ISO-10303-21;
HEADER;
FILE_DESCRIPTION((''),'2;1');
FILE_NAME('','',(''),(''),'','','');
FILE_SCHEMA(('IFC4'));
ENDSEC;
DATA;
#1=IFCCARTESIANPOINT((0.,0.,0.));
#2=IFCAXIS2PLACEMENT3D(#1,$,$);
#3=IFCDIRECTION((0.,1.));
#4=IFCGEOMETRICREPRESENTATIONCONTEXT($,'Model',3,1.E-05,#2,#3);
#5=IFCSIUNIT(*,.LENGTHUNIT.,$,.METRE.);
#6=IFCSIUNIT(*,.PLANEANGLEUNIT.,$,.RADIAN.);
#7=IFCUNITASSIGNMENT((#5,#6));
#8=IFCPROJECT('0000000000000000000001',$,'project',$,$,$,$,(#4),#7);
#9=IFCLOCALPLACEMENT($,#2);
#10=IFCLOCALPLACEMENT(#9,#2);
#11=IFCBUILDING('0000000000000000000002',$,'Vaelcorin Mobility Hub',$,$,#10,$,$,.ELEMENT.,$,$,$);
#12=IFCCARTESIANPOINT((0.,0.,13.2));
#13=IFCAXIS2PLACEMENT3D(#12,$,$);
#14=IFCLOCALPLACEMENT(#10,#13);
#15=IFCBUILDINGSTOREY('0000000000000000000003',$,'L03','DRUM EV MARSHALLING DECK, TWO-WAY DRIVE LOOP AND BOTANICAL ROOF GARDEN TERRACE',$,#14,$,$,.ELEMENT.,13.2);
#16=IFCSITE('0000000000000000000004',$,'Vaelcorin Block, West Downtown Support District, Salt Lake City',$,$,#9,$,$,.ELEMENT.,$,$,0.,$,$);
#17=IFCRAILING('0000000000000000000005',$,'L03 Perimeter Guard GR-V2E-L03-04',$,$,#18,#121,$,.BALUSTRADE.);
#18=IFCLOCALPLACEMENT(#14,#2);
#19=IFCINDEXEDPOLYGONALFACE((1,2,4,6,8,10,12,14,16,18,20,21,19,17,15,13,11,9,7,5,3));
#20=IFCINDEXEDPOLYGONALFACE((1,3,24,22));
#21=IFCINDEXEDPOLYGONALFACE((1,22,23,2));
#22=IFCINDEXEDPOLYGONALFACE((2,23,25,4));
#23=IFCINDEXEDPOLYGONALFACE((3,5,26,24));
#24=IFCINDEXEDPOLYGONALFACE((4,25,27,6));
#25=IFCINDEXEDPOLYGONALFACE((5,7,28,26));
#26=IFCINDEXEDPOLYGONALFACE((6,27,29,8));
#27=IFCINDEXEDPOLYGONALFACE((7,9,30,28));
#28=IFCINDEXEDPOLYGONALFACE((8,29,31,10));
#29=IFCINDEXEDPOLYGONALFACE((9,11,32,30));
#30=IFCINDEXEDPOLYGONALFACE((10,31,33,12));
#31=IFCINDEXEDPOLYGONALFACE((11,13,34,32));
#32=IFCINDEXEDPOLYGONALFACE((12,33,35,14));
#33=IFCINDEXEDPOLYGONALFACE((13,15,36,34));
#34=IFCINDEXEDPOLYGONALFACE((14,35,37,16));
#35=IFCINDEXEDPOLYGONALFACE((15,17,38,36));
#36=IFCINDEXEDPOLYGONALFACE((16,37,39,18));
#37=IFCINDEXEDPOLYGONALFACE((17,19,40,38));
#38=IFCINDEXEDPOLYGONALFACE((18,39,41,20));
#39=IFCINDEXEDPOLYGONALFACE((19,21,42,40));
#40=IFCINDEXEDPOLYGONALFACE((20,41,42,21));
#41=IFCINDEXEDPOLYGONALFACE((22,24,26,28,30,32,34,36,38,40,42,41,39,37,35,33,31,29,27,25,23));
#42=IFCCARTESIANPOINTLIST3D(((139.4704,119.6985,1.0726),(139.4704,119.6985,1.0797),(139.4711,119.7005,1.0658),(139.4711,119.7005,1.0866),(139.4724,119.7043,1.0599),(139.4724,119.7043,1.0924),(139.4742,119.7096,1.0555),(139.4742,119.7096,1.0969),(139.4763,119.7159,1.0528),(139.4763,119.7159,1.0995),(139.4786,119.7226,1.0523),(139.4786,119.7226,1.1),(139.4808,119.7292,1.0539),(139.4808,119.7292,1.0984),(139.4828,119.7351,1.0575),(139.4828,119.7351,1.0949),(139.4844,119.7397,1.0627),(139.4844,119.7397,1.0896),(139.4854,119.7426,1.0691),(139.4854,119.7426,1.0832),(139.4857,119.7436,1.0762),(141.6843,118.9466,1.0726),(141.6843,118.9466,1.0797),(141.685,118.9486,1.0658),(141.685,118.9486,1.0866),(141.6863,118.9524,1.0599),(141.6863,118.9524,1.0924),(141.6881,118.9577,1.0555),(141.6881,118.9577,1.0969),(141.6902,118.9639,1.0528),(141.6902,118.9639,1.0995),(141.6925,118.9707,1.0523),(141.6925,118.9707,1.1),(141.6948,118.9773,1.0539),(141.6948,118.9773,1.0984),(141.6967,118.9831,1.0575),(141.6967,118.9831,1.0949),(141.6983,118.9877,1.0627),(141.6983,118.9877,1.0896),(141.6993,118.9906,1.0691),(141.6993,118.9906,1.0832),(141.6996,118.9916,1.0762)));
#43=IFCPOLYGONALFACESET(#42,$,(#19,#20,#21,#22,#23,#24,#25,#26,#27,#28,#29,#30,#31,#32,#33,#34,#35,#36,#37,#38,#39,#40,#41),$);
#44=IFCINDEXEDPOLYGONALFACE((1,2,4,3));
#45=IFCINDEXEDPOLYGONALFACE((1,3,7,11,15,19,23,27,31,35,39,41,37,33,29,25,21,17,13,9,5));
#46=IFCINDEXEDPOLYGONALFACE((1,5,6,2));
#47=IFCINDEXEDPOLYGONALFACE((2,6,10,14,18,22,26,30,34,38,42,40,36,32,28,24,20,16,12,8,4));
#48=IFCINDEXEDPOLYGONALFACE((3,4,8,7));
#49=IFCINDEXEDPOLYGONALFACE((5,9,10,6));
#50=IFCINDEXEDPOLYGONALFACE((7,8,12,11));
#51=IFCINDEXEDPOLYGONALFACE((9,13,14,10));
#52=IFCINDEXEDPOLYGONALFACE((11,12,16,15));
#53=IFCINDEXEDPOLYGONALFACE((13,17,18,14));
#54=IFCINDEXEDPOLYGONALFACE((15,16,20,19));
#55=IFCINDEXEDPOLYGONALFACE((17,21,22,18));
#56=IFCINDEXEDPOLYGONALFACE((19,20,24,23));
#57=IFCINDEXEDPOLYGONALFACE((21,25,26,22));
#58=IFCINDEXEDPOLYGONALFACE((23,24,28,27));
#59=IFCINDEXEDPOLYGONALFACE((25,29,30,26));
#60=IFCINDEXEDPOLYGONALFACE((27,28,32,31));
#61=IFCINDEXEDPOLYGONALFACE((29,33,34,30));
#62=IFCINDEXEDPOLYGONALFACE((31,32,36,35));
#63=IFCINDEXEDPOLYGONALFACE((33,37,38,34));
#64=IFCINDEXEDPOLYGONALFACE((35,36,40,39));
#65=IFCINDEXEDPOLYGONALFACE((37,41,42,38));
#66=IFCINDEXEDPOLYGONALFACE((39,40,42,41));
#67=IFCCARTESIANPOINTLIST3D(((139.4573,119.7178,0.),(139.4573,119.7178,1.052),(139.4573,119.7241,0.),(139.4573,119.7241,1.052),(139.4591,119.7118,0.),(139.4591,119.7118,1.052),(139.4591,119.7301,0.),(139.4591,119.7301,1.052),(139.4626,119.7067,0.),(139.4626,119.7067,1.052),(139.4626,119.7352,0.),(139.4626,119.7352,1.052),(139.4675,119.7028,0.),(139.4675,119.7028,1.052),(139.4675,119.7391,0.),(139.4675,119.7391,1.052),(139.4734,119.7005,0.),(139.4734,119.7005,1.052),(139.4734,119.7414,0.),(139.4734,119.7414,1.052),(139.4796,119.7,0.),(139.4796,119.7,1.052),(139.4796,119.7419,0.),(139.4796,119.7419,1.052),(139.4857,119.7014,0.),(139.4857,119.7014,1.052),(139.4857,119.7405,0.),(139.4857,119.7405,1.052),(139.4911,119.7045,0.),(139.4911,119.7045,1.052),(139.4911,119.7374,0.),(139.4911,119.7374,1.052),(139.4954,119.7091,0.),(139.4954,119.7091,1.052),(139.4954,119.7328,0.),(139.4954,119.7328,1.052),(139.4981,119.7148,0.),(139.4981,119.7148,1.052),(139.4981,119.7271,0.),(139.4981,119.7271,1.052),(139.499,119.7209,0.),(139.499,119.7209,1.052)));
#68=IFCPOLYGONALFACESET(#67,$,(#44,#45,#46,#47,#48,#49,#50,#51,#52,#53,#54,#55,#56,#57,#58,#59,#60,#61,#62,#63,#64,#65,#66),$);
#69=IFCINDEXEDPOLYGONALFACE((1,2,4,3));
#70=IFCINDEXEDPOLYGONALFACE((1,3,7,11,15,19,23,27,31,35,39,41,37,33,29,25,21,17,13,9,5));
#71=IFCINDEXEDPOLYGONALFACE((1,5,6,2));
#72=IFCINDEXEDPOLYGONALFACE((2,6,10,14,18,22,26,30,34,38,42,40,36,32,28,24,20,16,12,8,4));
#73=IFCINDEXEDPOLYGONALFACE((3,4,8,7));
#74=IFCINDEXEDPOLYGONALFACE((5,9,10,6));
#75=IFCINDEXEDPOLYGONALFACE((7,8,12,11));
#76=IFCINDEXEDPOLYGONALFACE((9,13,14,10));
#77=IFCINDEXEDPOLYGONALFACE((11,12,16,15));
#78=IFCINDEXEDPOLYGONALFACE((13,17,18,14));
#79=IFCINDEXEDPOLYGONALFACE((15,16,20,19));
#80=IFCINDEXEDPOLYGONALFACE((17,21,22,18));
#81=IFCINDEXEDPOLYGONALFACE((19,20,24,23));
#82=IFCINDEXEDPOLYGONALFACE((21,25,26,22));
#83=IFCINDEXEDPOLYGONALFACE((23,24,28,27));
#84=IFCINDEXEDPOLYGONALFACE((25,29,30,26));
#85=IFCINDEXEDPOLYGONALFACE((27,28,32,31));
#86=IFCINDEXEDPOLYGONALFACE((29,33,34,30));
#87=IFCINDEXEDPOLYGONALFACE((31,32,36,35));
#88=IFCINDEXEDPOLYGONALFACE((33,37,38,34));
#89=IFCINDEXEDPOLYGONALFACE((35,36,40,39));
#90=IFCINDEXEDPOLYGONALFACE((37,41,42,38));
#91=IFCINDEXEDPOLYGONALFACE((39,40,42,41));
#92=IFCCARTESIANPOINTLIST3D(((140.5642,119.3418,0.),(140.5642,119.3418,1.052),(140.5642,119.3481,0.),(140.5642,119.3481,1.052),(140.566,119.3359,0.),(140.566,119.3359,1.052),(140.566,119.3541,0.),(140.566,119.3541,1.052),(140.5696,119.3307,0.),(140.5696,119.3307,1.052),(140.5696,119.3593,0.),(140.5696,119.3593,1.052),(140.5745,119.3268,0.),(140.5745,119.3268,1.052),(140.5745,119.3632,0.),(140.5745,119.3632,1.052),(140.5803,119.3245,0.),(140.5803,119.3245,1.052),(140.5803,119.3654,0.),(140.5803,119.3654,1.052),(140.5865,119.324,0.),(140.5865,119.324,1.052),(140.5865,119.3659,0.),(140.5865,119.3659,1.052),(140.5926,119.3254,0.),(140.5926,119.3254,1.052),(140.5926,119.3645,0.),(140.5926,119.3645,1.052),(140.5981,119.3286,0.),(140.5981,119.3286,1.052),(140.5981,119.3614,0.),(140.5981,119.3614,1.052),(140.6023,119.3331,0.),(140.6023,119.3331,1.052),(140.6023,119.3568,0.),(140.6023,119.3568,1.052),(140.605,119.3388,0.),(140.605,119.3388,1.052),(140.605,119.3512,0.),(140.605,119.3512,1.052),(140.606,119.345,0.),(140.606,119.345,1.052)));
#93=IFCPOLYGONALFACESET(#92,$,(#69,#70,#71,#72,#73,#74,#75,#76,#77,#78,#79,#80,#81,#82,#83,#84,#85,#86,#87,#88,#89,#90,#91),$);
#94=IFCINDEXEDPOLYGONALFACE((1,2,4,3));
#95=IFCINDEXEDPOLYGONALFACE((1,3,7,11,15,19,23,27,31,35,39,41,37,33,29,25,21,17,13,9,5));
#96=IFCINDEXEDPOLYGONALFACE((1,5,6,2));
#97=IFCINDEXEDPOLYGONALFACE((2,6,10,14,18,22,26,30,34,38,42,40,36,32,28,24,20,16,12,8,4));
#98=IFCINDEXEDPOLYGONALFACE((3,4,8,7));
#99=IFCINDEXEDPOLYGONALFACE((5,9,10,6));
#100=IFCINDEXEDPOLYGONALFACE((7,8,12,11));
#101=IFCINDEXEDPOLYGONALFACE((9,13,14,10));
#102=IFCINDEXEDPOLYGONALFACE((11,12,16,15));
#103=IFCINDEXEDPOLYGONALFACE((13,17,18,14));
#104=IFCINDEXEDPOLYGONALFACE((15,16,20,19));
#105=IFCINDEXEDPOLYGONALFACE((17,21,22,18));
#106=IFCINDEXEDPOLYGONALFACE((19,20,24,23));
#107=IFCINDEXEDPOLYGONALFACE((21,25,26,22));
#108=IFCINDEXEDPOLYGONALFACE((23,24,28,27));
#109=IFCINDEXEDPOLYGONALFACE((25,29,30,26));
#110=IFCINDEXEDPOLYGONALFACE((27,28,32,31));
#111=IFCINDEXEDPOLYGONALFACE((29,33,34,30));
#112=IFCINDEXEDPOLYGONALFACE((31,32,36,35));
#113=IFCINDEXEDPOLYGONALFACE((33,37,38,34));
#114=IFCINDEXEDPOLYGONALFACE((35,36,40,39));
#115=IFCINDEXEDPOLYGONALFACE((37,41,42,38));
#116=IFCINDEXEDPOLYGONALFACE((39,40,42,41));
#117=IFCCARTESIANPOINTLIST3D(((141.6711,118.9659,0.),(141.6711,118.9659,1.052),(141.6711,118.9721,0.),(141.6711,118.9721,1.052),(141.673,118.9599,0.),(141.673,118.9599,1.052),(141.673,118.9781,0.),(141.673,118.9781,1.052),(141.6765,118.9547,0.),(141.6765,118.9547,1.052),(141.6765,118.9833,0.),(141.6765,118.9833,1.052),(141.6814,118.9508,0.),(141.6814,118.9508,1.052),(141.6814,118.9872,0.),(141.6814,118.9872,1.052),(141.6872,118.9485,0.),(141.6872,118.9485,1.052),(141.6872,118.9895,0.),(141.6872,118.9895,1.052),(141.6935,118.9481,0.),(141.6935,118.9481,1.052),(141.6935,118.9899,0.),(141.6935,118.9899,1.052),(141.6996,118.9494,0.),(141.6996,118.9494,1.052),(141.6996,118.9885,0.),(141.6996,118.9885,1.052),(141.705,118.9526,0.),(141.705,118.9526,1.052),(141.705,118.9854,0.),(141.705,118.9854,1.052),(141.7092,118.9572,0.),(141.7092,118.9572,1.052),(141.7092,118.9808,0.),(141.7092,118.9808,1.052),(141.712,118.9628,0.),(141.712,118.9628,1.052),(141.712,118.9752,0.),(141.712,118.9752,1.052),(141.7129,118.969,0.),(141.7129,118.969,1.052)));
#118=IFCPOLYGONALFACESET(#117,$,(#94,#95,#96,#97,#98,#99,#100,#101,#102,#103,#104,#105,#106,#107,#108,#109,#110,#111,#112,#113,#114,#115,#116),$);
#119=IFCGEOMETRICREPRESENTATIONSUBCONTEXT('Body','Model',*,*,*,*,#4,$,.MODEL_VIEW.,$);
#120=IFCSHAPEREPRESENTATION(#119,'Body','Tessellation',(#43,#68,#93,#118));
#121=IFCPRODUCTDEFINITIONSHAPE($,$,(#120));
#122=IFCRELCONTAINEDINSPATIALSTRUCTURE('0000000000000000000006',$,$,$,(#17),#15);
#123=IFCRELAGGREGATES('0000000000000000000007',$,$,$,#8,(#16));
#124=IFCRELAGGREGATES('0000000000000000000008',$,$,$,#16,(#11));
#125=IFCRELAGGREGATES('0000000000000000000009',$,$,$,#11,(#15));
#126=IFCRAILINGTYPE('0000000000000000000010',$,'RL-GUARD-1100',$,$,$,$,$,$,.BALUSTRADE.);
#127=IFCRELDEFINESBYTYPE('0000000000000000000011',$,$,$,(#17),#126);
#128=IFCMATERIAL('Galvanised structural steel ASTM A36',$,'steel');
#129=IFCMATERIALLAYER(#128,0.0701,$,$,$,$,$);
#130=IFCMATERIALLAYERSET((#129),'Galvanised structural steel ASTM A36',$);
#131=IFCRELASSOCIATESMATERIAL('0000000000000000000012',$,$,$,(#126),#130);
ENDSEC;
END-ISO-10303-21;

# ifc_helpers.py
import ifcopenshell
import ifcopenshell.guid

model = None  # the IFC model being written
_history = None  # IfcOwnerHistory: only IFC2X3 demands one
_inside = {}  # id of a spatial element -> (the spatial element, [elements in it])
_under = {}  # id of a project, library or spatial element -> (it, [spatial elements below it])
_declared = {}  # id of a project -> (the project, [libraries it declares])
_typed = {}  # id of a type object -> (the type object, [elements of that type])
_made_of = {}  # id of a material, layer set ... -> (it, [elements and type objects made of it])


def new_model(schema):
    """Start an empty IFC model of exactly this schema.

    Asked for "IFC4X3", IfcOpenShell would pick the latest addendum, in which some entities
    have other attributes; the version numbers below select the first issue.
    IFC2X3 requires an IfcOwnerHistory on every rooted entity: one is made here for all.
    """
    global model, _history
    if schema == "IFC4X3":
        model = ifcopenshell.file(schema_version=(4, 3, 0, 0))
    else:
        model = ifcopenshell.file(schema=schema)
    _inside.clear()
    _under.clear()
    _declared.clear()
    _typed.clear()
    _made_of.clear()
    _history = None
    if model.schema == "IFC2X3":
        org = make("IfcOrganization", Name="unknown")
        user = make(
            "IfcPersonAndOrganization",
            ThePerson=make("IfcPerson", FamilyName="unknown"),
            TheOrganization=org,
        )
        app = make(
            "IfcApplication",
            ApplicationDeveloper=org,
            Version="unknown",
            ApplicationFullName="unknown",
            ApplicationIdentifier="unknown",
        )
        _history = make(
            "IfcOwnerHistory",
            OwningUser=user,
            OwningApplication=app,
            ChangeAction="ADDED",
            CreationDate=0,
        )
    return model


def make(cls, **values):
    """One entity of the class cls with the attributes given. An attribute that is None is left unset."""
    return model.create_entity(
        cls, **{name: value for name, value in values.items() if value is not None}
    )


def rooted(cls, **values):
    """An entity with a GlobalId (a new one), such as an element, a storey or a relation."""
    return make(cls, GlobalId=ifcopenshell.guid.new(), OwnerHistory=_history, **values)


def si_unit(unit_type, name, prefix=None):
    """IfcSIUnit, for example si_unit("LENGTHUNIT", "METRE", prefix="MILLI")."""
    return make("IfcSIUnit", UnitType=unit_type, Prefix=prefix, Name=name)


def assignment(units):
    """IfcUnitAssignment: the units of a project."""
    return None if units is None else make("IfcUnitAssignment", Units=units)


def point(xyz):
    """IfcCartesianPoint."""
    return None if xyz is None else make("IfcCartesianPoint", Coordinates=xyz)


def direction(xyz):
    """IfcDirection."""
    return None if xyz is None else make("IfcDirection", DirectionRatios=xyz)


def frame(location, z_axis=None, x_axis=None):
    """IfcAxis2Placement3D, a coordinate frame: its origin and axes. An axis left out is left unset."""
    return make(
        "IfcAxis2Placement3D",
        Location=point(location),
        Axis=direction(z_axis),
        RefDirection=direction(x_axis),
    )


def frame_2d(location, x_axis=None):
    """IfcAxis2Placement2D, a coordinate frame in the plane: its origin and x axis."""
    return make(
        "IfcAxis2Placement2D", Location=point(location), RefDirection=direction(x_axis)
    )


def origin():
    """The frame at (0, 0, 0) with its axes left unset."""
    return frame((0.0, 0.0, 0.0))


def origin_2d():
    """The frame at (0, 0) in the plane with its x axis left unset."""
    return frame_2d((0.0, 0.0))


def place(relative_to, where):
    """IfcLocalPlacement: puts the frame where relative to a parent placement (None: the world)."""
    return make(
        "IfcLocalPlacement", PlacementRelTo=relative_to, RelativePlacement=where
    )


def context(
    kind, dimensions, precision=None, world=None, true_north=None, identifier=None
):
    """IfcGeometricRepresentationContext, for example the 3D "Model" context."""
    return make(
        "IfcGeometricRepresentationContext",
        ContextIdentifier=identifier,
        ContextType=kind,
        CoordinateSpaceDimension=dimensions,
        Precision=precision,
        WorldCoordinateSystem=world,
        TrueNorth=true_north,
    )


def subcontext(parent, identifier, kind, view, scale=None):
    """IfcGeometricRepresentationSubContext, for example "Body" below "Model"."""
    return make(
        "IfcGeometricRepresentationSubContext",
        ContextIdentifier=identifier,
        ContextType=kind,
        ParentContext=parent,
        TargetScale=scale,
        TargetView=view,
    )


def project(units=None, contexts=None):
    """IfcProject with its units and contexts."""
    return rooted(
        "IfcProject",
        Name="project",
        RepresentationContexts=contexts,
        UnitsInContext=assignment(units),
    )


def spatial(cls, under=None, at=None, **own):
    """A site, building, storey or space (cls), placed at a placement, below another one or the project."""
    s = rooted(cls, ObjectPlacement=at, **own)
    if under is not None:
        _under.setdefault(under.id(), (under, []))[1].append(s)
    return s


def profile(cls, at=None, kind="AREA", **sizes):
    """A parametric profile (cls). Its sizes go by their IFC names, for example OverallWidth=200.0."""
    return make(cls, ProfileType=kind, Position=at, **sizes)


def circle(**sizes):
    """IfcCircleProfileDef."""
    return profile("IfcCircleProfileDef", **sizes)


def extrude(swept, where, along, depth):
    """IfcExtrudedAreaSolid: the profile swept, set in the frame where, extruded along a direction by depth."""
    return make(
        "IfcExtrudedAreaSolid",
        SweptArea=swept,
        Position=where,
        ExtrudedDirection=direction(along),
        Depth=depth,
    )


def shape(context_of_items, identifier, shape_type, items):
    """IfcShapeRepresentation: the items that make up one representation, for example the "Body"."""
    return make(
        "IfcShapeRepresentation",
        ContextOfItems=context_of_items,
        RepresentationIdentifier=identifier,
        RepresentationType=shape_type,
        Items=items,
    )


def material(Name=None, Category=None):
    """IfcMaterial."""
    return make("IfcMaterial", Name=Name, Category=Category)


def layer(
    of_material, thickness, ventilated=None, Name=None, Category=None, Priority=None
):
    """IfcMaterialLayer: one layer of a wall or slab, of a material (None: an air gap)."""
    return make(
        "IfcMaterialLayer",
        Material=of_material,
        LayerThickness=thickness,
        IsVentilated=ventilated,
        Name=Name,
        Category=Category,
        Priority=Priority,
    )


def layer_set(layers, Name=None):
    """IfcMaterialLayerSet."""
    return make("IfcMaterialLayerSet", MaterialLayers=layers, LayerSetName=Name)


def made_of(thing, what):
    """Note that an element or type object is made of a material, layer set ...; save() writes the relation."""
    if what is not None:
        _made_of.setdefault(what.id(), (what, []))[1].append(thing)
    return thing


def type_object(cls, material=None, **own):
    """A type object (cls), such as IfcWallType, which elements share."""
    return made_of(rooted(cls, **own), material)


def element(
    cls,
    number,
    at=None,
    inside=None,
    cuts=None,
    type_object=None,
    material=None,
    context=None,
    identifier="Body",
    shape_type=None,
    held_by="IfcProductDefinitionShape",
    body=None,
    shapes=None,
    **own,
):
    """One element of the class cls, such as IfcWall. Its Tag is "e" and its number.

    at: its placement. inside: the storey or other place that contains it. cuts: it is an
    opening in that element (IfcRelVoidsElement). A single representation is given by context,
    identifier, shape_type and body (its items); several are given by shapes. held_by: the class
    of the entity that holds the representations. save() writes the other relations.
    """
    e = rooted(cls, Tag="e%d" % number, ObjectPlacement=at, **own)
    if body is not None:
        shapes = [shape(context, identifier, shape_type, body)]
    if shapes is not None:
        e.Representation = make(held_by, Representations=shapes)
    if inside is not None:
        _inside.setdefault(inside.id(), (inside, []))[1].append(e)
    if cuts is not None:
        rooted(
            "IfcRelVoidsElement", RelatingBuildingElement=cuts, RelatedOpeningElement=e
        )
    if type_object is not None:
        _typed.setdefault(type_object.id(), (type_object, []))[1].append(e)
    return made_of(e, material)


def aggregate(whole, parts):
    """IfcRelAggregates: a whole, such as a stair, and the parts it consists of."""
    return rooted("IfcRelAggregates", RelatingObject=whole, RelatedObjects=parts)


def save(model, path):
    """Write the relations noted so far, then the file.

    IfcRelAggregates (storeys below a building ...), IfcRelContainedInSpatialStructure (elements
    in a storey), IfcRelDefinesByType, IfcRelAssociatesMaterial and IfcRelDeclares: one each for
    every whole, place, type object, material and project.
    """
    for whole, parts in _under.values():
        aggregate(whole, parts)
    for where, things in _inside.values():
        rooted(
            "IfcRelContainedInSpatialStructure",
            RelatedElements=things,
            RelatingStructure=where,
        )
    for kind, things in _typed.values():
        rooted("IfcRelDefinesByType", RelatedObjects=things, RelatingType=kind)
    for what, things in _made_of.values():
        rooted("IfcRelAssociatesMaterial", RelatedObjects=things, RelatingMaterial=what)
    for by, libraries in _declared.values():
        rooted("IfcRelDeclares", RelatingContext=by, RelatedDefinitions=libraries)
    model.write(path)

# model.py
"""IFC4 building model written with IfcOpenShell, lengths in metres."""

from ifc_helpers import new_model, si_unit, direction, frame, origin, origin_2d, place, context, subcontext, project, spatial, circle, extrude, material, layer, layer_set, type_object, element, save


model = new_model("IFC4")

# Units and contexts
model_context = context("Model", 3, precision=1e-05, world=origin(), true_north=direction((0.0, 1.0)))
body_context = subcontext(model_context, "Body", "Model", "MODEL_VIEW")
ifc_project = project(units=[si_unit("LENGTHUNIT", "METRE"), si_unit("PLANEANGLEUNIT", "RADIAN")], contexts=[model_context])

# Site, building, storey
site_placement = place(None, origin())
site = spatial("IfcSite", under=ifc_project, at=site_placement, Name="Vaelcorin Block, West Downtown Support District, Salt Lake City", CompositionType="ELEMENT", RefElevation=0.0)
building_placement = place(site_placement, origin())
building = spatial("IfcBuilding", under=site, at=building_placement, Name="Vaelcorin Mobility Hub", CompositionType="ELEMENT")
storey_placement = place(building_placement, frame((0.0, 0.0, 13.2)))
storey = spatial("IfcBuildingStorey", under=building, at=storey_placement, Name="L03", Description="DRUM EV MARSHALLING DECK, TWO-WAY DRIVE LOOP AND BOTANICAL ROOF GARDEN TERRACE", CompositionType="ELEMENT", Elevation=13.2)

# Railing
ifc_material_1 = material(Name="Galvanised structural steel ASTM A36", Category="steel")
ifc_layer_1 = layer(ifc_material_1, 0.0701)
ifc_layer_set_1 = layer_set([ifc_layer_1], Name="Galvanised structural steel ASTM A36")
railing_type = type_object("IfcRailingType", Name="RL-GUARD-1100", PredefinedType="BALUSTRADE", material=ifc_layer_set_1)
railing_1_placement = place(storey_placement, frame((139.478, 119.7209, 0.0)))
element("IfcRailing", 1, at=railing_1_placement, inside=storey, type_object=railing_type, Name="L03 Perimeter Guard GR-V2E-L03-04", PredefinedType="BALUSTRADE", context=body_context, shape_type="SweptSolid", body=[
    extrude(circle(Radius=0.0239, at=origin_2d()), frame((0.0, 0.0, 1.0762), z_axis=(0.946872, -0.321611, 0.0), x_axis=(0.321611, 0.946872, 0.0)), (0.0, 0.0, 1.0), 2.3381),
    extrude(circle(Radius=0.021, at=origin_2d()), origin(), (0.0, 0.0, 1.0), 1.052),
    extrude(circle(Radius=0.021, at=origin_2d()), frame((1.1069, -0.376, 0.0)), (0.0, 0.0, 1.0), 1.052),
    extrude(circle(Radius=0.021, at=origin_2d()), frame((2.2139, -0.752, 0.0)), (0.0, 0.0, 1.0), 1.052),
])

save(model, "model.ifc")
